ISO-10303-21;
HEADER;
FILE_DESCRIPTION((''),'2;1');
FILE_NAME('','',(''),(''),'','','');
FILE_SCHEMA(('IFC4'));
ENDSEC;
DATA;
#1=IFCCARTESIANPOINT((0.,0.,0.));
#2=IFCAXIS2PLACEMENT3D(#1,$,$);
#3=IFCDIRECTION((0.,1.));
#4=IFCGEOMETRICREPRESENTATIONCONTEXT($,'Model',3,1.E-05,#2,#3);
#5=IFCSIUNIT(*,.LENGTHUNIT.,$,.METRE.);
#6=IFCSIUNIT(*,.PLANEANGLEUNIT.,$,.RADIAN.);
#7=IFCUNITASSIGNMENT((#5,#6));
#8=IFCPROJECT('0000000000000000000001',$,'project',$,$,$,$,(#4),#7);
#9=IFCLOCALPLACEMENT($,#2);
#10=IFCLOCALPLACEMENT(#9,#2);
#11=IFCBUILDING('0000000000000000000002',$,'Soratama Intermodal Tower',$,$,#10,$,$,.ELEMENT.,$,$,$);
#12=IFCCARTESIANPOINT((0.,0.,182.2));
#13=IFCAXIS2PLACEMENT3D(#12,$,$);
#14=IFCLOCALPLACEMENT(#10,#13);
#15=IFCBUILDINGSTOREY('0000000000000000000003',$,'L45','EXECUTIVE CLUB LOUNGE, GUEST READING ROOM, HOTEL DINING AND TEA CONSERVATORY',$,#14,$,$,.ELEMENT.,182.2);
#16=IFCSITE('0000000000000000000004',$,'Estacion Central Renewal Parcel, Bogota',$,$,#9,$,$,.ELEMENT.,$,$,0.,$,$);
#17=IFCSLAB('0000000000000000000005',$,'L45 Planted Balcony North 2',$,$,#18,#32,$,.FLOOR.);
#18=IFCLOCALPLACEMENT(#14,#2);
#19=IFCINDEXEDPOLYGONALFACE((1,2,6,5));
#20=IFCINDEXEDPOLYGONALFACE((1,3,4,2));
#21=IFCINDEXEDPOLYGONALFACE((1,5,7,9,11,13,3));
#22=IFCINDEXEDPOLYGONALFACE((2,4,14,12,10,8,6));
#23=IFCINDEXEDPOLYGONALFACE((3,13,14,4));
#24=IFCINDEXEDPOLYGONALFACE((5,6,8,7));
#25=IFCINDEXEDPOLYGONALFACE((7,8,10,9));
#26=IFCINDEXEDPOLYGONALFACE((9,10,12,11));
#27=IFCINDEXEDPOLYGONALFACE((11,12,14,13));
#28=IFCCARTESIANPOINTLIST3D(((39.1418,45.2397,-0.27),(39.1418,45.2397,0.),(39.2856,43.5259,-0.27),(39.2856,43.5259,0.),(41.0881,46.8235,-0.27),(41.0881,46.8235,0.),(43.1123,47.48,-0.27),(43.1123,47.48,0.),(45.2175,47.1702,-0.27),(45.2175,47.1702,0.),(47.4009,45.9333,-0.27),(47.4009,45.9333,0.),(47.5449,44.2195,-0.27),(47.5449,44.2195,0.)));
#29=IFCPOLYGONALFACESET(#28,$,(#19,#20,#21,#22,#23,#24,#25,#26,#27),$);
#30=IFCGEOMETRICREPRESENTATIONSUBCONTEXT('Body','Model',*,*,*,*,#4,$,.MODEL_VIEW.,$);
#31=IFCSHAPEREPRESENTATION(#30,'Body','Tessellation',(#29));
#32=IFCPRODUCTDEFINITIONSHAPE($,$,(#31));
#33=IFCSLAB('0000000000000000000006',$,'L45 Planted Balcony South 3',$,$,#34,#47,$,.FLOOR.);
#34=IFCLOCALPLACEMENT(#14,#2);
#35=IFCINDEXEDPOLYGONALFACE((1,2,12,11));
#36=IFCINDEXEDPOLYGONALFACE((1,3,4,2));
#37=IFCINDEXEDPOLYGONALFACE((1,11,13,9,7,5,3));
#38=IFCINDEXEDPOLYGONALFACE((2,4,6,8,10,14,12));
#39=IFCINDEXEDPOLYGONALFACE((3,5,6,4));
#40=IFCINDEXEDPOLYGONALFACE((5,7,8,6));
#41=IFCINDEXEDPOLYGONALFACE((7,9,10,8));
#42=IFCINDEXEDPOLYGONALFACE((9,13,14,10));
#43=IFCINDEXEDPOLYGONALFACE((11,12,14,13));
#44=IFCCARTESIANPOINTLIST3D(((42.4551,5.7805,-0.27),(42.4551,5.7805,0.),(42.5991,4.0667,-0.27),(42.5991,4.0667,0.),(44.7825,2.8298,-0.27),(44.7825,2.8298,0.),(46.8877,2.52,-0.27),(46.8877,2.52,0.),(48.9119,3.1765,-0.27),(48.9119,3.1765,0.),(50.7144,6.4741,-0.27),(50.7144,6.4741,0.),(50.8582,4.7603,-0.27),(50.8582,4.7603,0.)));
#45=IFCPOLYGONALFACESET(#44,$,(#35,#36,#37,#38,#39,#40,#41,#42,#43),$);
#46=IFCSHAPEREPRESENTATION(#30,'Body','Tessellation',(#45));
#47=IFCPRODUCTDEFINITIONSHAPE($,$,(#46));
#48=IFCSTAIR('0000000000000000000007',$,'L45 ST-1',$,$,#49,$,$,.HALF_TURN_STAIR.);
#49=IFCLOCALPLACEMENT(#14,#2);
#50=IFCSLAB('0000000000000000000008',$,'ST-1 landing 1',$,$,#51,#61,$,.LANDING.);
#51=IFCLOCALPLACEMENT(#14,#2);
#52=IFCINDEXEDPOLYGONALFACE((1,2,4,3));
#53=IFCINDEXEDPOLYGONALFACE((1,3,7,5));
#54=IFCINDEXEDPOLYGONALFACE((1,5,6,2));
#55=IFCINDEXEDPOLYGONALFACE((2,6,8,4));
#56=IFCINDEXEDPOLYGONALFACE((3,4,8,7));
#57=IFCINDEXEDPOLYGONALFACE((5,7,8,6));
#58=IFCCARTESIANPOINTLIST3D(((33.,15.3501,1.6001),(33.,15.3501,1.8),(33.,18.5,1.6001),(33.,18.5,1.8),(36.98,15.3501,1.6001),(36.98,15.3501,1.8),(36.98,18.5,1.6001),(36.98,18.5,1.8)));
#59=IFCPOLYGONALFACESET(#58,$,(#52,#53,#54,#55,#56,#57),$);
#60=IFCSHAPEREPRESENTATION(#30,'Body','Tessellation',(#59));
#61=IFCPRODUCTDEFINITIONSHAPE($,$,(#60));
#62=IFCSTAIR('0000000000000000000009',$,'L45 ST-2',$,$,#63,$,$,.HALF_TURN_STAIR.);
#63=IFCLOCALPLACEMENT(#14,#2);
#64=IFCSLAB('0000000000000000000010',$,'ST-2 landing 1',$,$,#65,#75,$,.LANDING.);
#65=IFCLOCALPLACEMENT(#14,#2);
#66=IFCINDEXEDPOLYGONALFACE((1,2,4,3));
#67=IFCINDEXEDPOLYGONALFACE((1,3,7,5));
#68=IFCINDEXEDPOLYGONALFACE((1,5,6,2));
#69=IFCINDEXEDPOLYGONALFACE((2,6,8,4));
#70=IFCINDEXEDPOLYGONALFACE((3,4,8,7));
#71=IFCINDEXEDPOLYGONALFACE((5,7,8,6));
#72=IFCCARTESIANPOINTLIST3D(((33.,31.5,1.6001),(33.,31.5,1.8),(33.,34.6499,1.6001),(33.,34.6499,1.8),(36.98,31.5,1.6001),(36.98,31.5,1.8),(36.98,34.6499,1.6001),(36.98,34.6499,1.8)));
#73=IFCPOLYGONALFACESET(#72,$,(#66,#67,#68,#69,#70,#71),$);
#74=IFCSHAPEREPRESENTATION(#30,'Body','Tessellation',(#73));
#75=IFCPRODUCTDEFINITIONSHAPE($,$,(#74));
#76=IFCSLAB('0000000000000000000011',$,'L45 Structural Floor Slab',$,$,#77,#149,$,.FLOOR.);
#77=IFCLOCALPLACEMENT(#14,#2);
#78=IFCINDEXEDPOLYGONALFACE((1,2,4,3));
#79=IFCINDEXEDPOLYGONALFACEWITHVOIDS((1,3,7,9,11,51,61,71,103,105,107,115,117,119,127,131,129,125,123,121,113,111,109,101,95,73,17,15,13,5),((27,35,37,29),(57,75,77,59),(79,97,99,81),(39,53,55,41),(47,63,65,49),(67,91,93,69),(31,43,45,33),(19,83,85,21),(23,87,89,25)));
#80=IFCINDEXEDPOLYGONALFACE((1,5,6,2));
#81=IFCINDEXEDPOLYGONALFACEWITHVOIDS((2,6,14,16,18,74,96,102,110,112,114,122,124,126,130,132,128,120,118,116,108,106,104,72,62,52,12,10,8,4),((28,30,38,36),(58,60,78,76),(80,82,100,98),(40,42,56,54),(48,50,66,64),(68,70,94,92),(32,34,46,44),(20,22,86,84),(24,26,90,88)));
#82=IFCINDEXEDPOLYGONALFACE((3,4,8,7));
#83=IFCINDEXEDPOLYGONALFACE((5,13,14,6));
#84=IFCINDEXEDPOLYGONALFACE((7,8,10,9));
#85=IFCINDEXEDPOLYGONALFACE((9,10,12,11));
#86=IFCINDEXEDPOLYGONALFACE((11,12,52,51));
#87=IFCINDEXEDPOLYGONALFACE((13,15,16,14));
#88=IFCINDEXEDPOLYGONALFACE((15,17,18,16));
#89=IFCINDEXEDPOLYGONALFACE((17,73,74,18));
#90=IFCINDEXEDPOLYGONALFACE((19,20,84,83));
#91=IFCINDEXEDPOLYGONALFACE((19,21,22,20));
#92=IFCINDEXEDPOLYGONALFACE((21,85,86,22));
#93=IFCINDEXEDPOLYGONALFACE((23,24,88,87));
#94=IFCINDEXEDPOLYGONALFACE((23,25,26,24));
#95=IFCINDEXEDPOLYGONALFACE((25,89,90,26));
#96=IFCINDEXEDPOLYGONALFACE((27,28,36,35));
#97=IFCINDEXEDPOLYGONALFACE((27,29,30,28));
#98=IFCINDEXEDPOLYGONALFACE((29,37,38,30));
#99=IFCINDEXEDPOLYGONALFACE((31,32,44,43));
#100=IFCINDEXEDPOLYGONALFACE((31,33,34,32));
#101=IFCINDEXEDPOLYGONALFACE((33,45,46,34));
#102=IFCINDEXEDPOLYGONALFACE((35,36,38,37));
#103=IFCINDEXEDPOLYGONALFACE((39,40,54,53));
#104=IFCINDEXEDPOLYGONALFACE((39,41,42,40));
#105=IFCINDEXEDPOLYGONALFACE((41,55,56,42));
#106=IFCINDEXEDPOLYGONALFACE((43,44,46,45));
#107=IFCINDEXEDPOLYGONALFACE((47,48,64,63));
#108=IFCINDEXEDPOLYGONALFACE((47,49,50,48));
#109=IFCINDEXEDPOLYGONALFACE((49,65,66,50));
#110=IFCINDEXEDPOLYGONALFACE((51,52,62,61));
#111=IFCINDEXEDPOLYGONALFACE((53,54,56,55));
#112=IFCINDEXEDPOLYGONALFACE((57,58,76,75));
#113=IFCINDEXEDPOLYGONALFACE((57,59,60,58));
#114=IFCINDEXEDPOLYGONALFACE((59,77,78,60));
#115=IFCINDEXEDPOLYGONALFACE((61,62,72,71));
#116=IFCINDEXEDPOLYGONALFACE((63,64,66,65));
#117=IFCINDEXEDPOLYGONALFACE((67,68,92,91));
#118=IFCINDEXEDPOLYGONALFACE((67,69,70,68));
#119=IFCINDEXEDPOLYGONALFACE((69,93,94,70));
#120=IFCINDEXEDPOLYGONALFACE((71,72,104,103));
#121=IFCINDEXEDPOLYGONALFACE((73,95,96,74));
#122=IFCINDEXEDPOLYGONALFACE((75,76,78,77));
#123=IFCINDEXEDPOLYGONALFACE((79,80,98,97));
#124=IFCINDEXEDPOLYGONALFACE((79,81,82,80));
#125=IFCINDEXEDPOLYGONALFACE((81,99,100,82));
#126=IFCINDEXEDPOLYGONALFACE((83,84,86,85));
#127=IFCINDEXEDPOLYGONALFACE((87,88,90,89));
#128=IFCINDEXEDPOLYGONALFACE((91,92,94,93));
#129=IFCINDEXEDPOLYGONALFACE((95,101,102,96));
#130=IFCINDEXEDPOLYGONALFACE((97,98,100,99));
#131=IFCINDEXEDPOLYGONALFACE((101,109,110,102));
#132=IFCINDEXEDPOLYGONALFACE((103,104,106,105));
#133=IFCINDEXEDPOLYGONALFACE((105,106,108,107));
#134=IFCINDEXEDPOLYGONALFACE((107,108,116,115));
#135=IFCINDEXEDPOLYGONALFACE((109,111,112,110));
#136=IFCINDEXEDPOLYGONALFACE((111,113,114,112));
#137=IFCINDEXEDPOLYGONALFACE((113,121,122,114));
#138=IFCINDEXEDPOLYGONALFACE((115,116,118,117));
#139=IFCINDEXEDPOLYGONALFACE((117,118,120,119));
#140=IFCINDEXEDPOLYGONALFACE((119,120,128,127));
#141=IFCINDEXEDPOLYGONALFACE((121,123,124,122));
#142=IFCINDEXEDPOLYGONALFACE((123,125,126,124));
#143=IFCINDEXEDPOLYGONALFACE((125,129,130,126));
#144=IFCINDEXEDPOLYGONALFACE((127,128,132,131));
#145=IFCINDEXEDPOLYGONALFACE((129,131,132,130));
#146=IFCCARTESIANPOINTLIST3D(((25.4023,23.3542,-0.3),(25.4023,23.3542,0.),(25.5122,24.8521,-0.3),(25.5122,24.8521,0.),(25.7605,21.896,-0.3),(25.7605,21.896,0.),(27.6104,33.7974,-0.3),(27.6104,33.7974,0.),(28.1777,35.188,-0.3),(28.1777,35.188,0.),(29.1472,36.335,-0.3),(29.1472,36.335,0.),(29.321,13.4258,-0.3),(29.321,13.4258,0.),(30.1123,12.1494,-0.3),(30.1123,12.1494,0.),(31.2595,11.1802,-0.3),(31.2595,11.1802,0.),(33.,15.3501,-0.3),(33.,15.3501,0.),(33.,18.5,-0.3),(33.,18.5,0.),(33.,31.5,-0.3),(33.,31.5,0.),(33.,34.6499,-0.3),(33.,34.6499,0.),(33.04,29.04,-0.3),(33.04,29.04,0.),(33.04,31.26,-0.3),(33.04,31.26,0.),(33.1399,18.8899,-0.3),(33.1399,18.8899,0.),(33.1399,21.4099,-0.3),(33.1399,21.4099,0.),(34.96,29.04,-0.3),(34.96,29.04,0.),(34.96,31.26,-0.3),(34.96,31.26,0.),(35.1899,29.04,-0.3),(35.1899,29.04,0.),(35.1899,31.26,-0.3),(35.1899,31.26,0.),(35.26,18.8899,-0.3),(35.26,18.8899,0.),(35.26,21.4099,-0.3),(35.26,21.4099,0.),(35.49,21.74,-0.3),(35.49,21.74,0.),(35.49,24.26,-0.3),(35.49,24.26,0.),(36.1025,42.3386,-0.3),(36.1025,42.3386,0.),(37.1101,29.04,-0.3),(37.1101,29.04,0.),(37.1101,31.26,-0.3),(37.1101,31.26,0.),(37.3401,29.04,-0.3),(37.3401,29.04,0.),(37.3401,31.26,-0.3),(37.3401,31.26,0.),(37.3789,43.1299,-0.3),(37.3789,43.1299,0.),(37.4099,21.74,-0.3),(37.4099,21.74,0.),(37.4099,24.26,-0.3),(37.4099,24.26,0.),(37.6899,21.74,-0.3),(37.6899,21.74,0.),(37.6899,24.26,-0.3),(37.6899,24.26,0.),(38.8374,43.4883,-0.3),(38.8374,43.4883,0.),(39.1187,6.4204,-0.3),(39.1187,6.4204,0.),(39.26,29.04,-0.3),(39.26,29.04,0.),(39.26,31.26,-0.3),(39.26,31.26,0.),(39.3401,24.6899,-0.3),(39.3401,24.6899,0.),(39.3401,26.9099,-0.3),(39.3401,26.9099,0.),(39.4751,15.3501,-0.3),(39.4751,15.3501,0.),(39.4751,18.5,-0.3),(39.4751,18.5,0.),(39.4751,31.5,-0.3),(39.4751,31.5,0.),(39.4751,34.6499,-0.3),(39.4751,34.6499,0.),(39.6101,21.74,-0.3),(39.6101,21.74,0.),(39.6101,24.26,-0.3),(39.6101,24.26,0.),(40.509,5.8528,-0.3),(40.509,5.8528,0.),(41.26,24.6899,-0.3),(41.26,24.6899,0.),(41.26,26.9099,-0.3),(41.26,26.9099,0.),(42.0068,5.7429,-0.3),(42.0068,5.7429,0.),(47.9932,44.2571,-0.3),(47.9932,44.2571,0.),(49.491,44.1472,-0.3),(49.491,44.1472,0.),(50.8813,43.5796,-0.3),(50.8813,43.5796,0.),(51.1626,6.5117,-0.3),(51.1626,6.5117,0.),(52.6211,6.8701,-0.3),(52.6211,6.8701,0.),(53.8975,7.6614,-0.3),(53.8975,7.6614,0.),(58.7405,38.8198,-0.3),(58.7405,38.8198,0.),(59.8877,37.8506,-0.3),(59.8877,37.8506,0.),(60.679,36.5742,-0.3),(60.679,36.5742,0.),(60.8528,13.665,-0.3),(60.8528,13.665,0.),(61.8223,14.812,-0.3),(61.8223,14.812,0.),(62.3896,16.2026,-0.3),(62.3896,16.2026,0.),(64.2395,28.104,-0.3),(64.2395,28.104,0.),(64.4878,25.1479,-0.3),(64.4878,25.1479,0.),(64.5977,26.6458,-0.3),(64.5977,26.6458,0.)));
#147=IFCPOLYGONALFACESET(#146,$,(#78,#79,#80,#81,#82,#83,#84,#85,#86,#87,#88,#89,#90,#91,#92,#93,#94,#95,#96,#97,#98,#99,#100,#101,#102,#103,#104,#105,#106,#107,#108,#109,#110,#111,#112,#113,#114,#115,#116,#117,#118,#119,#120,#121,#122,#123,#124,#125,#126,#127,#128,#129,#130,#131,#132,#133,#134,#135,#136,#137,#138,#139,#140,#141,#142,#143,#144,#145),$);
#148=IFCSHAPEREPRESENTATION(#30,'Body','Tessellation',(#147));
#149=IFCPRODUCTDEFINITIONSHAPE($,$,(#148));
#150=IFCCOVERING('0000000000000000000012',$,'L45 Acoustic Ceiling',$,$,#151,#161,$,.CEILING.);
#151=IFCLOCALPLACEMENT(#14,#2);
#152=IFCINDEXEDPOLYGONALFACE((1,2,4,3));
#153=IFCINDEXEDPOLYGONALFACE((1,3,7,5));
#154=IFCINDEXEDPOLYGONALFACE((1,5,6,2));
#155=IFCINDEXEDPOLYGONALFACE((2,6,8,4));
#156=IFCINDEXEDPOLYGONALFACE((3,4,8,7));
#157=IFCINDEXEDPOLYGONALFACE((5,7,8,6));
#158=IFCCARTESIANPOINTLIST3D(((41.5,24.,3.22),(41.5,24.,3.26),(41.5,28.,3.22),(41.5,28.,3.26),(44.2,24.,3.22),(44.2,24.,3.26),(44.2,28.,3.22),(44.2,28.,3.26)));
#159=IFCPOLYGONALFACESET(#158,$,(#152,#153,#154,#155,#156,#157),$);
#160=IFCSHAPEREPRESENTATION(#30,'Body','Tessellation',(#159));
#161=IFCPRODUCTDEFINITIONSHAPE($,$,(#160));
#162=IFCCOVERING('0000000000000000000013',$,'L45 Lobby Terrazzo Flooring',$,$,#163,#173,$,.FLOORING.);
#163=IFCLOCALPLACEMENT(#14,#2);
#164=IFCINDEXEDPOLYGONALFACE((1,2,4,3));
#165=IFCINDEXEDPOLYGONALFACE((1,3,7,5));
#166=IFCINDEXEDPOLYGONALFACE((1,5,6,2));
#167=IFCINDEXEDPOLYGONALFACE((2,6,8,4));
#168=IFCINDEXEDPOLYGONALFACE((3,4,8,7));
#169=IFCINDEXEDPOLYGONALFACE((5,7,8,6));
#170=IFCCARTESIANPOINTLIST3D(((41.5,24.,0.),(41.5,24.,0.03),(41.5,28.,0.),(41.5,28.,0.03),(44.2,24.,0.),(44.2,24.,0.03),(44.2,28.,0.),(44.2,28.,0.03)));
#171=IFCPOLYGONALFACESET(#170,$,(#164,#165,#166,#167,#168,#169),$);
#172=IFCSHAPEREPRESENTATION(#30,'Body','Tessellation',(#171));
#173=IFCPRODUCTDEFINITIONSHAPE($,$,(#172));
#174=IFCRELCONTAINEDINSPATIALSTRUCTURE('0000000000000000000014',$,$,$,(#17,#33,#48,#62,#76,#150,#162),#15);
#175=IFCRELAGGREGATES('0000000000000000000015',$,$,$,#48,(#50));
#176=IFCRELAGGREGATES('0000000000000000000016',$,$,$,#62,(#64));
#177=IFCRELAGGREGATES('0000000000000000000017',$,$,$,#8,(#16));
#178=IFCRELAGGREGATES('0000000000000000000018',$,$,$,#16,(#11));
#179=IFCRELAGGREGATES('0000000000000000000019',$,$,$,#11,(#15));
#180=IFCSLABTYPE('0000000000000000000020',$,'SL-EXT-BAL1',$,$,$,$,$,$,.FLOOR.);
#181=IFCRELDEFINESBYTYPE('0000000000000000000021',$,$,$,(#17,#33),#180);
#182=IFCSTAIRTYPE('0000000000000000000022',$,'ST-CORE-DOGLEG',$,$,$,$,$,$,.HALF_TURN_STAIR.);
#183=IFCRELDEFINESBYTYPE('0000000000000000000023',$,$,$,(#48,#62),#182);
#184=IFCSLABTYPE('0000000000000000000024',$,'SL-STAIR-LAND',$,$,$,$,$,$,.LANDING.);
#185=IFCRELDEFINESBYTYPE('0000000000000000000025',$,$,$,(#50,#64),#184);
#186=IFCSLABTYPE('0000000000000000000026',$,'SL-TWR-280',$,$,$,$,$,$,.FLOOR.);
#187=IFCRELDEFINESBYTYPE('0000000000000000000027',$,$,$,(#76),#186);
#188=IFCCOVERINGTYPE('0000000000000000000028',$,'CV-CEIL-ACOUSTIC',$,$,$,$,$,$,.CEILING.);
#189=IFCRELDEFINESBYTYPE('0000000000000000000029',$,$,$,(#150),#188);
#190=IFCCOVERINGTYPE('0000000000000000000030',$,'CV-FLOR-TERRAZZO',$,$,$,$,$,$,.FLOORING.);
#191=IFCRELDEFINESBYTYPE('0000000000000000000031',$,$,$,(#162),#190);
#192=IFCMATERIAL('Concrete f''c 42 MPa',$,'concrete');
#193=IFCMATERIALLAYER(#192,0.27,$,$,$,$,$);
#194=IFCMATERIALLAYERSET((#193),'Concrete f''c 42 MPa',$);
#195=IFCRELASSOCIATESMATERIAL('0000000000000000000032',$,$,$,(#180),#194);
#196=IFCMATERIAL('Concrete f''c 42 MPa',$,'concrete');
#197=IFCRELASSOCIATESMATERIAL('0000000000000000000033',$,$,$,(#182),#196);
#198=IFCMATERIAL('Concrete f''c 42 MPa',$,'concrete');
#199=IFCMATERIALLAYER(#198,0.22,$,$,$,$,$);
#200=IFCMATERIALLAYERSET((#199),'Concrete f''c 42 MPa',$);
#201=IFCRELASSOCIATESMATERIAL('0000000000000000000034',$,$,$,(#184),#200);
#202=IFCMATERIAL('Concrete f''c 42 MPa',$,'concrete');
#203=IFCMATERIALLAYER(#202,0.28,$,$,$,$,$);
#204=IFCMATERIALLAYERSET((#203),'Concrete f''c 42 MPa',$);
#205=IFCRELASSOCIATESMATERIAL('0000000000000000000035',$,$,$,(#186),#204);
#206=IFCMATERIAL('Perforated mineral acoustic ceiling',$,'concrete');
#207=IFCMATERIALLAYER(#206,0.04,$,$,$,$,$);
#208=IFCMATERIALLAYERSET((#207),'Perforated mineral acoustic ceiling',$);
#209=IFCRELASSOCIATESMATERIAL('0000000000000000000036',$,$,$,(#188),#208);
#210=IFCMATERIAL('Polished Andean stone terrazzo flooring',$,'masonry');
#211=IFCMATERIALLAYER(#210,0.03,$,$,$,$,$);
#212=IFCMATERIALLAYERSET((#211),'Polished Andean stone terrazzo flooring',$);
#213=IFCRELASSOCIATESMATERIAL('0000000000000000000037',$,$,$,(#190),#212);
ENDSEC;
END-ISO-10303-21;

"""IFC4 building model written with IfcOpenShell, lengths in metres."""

from ifc_helpers import new_model, si_unit, direction, frame, origin, place, context, subcontext, project, spatial, polyline, outline, extrude, material, layer, layer_set, type_object, element, aggregate, save


model = new_model("IFC4")

# Units and contexts
model_context = context("Model", 3, precision=1e-05, world=origin(), true_north=direction((0.0, 1.0)))
body_context = subcontext(model_context, "Body", "Model", "MODEL_VIEW")
ifc_project = project(units=[si_unit("LENGTHUNIT", "METRE"), si_unit("PLANEANGLEUNIT", "RADIAN")], contexts=[model_context])

# Site, building, storey
site_placement = place(None, origin())
site = spatial("IfcSite", under=ifc_project, at=site_placement, Name="Estacion Central Renewal Parcel, Bogota", CompositionType="ELEMENT", RefElevation=0.0)
building_placement = place(site_placement, origin())
building = spatial("IfcBuilding", under=site, at=building_placement, Name="Soratama Intermodal Tower", CompositionType="ELEMENT")
storey_placement = place(building_placement, frame((0.0, 0.0, 182.2)))
storey = spatial("IfcBuildingStorey", under=building, at=storey_placement, Name="L45", Description="EXECUTIVE CLUB LOUNGE, GUEST READING ROOM, HOTEL DINING AND TEA CONSERVATORY", CompositionType="ELEMENT", Elevation=182.2)

# Slabs
ifc_material_1 = material(Name="Concrete f'c 42 MPa", Category="concrete")
ifc_layer_1 = layer(ifc_material_1, 0.27)
ifc_layer_set_1 = layer_set([ifc_layer_1], Name="Concrete f'c 42 MPa")
slab_type_1 = type_object("IfcSlabType", Name="SL-EXT-BAL1", PredefinedType="FLOOR", material=ifc_layer_set_1)
slab_1_placement = place(storey_placement, frame((0.0, 0.0, -0.27)))
element("IfcSlab", 1, at=slab_1_placement, inside=storey, type_object=slab_type_1, Name="L45 Planted Balcony North 2", PredefinedType="FLOOR", context=body_context, shape_type="SweptSolid", body=[
    extrude(outline(polyline([(47.5449, 44.2195), (39.2856, 43.5259), (39.1418, 45.2397), (41.0881, 46.8235), (43.1123, 47.48), (45.2175, 47.1702), (47.4009, 45.9333), (47.5449, 44.2195)])), origin(), (0.0, 0.0, 1.0), 0.27),
])
slab_2_placement = place(storey_placement, frame((0.0, 0.0, -0.27)))
element("IfcSlab", 2, at=slab_2_placement, inside=storey, type_object=slab_type_1, Name="L45 Planted Balcony South 3", PredefinedType="FLOOR", context=body_context, shape_type="SweptSolid", body=[
    extrude(outline(polyline([(42.4551, 5.7805), (50.7144, 6.4741), (50.8582, 4.7603), (48.9119, 3.1765), (46.8877, 2.52), (44.7825, 2.8298), (42.5991, 4.0667), (42.4551, 5.7805)])), origin(), (0.0, 0.0, 1.0), 0.27),
])

# Stairs, slabs
ifc_material_2 = material(Name="Concrete f'c 42 MPa", Category="concrete")
stair_type = type_object("IfcStairType", Name="ST-CORE-DOGLEG", PredefinedType="HALF_TURN_STAIR", material=ifc_material_2)
stair_1_placement = place(storey_placement, origin())
stair_1 = element("IfcStair", 3, at=stair_1_placement, inside=storey, type_object=stair_type, Name="L45 ST-1", PredefinedType="HALF_TURN_STAIR")
ifc_material_3 = material(Name="Concrete f'c 42 MPa", Category="concrete")
ifc_layer_2 = layer(ifc_material_3, 0.22)
ifc_layer_set_2 = layer_set([ifc_layer_2], Name="Concrete f'c 42 MPa")
slab_type_2 = type_object("IfcSlabType", Name="SL-STAIR-LAND", PredefinedType="LANDING", material=ifc_layer_set_2)
slab_3_placement = place(storey_placement, frame((0.0, 0.0, 1.6001)))
slab_3 = element("IfcSlab", 4, at=slab_3_placement, type_object=slab_type_2, Name="ST-1 landing 1", PredefinedType="LANDING", context=body_context, shape_type="SweptSolid", body=[
    extrude(outline(polyline([(36.98, 18.5), (33.0, 18.5), (33.0, 15.3501), (36.98, 15.3501), (36.98, 18.5)])), origin(), (0.0, 0.0, 1.0), 0.2),
])
aggregate(stair_1, [slab_3])
stair_2_placement = place(storey_placement, origin())
stair_2 = element("IfcStair", 5, at=stair_2_placement, inside=storey, type_object=stair_type, Name="L45 ST-2", PredefinedType="HALF_TURN_STAIR")
slab_4_placement = place(storey_placement, frame((0.0, 0.0, 1.6001)))
slab_4 = element("IfcSlab", 6, at=slab_4_placement, type_object=slab_type_2, Name="ST-2 landing 1", PredefinedType="LANDING", context=body_context, shape_type="SweptSolid", body=[
    extrude(outline(polyline([(36.98, 34.6499), (33.0, 34.6499), (33.0, 31.5), (36.98, 31.5), (36.98, 34.6499)])), origin(), (0.0, 0.0, 1.0), 0.2),
])
aggregate(stair_2, [slab_4])

# Slab
ifc_material_4 = material(Name="Concrete f'c 42 MPa", Category="concrete")
ifc_layer_3 = layer(ifc_material_4, 0.28)
ifc_layer_set_3 = layer_set([ifc_layer_3], Name="Concrete f'c 42 MPa")
slab_type_3 = type_object("IfcSlabType", Name="SL-TWR-280", PredefinedType="FLOOR", material=ifc_layer_set_3)
slab_5_placement = place(storey_placement, frame((0.0, 0.0, -0.3)))
element("IfcSlab", 7, at=slab_5_placement, inside=storey, type_object=slab_type_3, Name="L45 Structural Floor Slab", PredefinedType="FLOOR", context=body_context, shape_type="SweptSolid", body=[
    extrude(outline(polyline([(60.679, 36.5742), (59.8877, 37.8506), (58.7405, 38.8198), (50.8813, 43.5796), (49.491, 44.1472), (47.9932, 44.2571), (38.8374, 43.4883), (37.3789, 43.1299), (36.1025, 42.3386), (29.1472, 36.335), (28.1777, 35.188), (27.6104, 33.7974), (25.5122, 24.8521), (25.4023, 23.3542), (25.7605, 21.896), (29.321, 13.4258), (30.1123, 12.1494), (31.2595, 11.1802), (39.1187, 6.4204), (40.509, 5.8528), (42.0068, 5.7429), (51.1626, 6.5117), (52.6211, 6.8701), (53.8975, 7.6614), (60.8528, 13.665), (61.8223, 14.812), (62.3896, 16.2026), (64.4878, 25.1479), (64.5977, 26.6458), (64.2395, 28.104), (60.679, 36.5742)]), holes=[polyline([(33.0, 18.5), (33.0, 15.3501), (39.4751, 15.3501), (39.4751, 18.5), (33.0, 18.5)]), polyline([(35.26, 21.4099), (33.1399, 21.4099), (33.1399, 18.8899), (35.26, 18.8899), (35.26, 21.4099)]), polyline([(37.4099, 24.26), (35.49, 24.26), (35.49, 21.74), (37.4099, 21.74), (37.4099, 24.26)]), polyline([(39.6101, 24.26), (37.6899, 24.26), (37.6899, 21.74), (39.6101, 21.74), (39.6101, 24.26)]), polyline([(41.26, 26.9099), (39.3401, 26.9099), (39.3401, 24.6899), (41.26, 24.6899), (41.26, 26.9099)]), polyline([(34.96, 31.26), (33.04, 31.26), (33.04, 29.04), (34.96, 29.04), (34.96, 31.26)]), polyline([(37.1101, 31.26), (35.1899, 31.26), (35.1899, 29.04), (37.1101, 29.04), (37.1101, 31.26)]), polyline([(39.26, 29.04), (39.26, 31.26), (37.3401, 31.26), (37.3401, 29.04), (39.26, 29.04)]), polyline([(39.4751, 34.6499), (33.0, 34.6499), (33.0, 31.5), (39.4751, 31.5), (39.4751, 34.6499)])]), origin(), (0.0, 0.0, 1.0), 0.3),
])

# Coverings
ifc_material_5 = material(Name="Perforated mineral acoustic ceiling", Category="concrete")
ifc_layer_4 = layer(ifc_material_5, 0.04)
ifc_layer_set_4 = layer_set([ifc_layer_4], Name="Perforated mineral acoustic ceiling")
covering_type_1 = type_object("IfcCoveringType", Name="CV-CEIL-ACOUSTIC", PredefinedType="CEILING", material=ifc_layer_set_4)
covering_1_placement = place(storey_placement, frame((0.0, 0.0, 3.22)))
element("IfcCovering", 8, at=covering_1_placement, inside=storey, type_object=covering_type_1, Name="L45 Acoustic Ceiling", PredefinedType="CEILING", context=body_context, shape_type="SweptSolid", body=[
    extrude(outline(polyline([(41.5, 24.0), (44.2, 24.0), (44.2, 28.0), (41.5, 28.0), (41.5, 24.0)])), origin(), (0.0, 0.0, 1.0), 0.04),
])
ifc_material_6 = material(Name="Polished Andean stone terrazzo flooring", Category="masonry")
ifc_layer_5 = layer(ifc_material_6, 0.03)
ifc_layer_set_5 = layer_set([ifc_layer_5], Name="Polished Andean stone terrazzo flooring")
covering_type_2 = type_object("IfcCoveringType", Name="CV-FLOR-TERRAZZO", PredefinedType="FLOORING", material=ifc_layer_set_5)
covering_2_placement = place(storey_placement, origin())
element("IfcCovering", 9, at=covering_2_placement, inside=storey, type_object=covering_type_2, Name="L45 Lobby Terrazzo Flooring", PredefinedType="FLOORING", context=body_context, shape_type="SweptSolid", body=[
    extrude(outline(polyline([(41.5, 24.0), (44.2, 24.0), (44.2, 28.0), (41.5, 28.0), (41.5, 24.0)])), origin(), (0.0, 0.0, 1.0), 0.03),
])

save(model, "model.ifc")
